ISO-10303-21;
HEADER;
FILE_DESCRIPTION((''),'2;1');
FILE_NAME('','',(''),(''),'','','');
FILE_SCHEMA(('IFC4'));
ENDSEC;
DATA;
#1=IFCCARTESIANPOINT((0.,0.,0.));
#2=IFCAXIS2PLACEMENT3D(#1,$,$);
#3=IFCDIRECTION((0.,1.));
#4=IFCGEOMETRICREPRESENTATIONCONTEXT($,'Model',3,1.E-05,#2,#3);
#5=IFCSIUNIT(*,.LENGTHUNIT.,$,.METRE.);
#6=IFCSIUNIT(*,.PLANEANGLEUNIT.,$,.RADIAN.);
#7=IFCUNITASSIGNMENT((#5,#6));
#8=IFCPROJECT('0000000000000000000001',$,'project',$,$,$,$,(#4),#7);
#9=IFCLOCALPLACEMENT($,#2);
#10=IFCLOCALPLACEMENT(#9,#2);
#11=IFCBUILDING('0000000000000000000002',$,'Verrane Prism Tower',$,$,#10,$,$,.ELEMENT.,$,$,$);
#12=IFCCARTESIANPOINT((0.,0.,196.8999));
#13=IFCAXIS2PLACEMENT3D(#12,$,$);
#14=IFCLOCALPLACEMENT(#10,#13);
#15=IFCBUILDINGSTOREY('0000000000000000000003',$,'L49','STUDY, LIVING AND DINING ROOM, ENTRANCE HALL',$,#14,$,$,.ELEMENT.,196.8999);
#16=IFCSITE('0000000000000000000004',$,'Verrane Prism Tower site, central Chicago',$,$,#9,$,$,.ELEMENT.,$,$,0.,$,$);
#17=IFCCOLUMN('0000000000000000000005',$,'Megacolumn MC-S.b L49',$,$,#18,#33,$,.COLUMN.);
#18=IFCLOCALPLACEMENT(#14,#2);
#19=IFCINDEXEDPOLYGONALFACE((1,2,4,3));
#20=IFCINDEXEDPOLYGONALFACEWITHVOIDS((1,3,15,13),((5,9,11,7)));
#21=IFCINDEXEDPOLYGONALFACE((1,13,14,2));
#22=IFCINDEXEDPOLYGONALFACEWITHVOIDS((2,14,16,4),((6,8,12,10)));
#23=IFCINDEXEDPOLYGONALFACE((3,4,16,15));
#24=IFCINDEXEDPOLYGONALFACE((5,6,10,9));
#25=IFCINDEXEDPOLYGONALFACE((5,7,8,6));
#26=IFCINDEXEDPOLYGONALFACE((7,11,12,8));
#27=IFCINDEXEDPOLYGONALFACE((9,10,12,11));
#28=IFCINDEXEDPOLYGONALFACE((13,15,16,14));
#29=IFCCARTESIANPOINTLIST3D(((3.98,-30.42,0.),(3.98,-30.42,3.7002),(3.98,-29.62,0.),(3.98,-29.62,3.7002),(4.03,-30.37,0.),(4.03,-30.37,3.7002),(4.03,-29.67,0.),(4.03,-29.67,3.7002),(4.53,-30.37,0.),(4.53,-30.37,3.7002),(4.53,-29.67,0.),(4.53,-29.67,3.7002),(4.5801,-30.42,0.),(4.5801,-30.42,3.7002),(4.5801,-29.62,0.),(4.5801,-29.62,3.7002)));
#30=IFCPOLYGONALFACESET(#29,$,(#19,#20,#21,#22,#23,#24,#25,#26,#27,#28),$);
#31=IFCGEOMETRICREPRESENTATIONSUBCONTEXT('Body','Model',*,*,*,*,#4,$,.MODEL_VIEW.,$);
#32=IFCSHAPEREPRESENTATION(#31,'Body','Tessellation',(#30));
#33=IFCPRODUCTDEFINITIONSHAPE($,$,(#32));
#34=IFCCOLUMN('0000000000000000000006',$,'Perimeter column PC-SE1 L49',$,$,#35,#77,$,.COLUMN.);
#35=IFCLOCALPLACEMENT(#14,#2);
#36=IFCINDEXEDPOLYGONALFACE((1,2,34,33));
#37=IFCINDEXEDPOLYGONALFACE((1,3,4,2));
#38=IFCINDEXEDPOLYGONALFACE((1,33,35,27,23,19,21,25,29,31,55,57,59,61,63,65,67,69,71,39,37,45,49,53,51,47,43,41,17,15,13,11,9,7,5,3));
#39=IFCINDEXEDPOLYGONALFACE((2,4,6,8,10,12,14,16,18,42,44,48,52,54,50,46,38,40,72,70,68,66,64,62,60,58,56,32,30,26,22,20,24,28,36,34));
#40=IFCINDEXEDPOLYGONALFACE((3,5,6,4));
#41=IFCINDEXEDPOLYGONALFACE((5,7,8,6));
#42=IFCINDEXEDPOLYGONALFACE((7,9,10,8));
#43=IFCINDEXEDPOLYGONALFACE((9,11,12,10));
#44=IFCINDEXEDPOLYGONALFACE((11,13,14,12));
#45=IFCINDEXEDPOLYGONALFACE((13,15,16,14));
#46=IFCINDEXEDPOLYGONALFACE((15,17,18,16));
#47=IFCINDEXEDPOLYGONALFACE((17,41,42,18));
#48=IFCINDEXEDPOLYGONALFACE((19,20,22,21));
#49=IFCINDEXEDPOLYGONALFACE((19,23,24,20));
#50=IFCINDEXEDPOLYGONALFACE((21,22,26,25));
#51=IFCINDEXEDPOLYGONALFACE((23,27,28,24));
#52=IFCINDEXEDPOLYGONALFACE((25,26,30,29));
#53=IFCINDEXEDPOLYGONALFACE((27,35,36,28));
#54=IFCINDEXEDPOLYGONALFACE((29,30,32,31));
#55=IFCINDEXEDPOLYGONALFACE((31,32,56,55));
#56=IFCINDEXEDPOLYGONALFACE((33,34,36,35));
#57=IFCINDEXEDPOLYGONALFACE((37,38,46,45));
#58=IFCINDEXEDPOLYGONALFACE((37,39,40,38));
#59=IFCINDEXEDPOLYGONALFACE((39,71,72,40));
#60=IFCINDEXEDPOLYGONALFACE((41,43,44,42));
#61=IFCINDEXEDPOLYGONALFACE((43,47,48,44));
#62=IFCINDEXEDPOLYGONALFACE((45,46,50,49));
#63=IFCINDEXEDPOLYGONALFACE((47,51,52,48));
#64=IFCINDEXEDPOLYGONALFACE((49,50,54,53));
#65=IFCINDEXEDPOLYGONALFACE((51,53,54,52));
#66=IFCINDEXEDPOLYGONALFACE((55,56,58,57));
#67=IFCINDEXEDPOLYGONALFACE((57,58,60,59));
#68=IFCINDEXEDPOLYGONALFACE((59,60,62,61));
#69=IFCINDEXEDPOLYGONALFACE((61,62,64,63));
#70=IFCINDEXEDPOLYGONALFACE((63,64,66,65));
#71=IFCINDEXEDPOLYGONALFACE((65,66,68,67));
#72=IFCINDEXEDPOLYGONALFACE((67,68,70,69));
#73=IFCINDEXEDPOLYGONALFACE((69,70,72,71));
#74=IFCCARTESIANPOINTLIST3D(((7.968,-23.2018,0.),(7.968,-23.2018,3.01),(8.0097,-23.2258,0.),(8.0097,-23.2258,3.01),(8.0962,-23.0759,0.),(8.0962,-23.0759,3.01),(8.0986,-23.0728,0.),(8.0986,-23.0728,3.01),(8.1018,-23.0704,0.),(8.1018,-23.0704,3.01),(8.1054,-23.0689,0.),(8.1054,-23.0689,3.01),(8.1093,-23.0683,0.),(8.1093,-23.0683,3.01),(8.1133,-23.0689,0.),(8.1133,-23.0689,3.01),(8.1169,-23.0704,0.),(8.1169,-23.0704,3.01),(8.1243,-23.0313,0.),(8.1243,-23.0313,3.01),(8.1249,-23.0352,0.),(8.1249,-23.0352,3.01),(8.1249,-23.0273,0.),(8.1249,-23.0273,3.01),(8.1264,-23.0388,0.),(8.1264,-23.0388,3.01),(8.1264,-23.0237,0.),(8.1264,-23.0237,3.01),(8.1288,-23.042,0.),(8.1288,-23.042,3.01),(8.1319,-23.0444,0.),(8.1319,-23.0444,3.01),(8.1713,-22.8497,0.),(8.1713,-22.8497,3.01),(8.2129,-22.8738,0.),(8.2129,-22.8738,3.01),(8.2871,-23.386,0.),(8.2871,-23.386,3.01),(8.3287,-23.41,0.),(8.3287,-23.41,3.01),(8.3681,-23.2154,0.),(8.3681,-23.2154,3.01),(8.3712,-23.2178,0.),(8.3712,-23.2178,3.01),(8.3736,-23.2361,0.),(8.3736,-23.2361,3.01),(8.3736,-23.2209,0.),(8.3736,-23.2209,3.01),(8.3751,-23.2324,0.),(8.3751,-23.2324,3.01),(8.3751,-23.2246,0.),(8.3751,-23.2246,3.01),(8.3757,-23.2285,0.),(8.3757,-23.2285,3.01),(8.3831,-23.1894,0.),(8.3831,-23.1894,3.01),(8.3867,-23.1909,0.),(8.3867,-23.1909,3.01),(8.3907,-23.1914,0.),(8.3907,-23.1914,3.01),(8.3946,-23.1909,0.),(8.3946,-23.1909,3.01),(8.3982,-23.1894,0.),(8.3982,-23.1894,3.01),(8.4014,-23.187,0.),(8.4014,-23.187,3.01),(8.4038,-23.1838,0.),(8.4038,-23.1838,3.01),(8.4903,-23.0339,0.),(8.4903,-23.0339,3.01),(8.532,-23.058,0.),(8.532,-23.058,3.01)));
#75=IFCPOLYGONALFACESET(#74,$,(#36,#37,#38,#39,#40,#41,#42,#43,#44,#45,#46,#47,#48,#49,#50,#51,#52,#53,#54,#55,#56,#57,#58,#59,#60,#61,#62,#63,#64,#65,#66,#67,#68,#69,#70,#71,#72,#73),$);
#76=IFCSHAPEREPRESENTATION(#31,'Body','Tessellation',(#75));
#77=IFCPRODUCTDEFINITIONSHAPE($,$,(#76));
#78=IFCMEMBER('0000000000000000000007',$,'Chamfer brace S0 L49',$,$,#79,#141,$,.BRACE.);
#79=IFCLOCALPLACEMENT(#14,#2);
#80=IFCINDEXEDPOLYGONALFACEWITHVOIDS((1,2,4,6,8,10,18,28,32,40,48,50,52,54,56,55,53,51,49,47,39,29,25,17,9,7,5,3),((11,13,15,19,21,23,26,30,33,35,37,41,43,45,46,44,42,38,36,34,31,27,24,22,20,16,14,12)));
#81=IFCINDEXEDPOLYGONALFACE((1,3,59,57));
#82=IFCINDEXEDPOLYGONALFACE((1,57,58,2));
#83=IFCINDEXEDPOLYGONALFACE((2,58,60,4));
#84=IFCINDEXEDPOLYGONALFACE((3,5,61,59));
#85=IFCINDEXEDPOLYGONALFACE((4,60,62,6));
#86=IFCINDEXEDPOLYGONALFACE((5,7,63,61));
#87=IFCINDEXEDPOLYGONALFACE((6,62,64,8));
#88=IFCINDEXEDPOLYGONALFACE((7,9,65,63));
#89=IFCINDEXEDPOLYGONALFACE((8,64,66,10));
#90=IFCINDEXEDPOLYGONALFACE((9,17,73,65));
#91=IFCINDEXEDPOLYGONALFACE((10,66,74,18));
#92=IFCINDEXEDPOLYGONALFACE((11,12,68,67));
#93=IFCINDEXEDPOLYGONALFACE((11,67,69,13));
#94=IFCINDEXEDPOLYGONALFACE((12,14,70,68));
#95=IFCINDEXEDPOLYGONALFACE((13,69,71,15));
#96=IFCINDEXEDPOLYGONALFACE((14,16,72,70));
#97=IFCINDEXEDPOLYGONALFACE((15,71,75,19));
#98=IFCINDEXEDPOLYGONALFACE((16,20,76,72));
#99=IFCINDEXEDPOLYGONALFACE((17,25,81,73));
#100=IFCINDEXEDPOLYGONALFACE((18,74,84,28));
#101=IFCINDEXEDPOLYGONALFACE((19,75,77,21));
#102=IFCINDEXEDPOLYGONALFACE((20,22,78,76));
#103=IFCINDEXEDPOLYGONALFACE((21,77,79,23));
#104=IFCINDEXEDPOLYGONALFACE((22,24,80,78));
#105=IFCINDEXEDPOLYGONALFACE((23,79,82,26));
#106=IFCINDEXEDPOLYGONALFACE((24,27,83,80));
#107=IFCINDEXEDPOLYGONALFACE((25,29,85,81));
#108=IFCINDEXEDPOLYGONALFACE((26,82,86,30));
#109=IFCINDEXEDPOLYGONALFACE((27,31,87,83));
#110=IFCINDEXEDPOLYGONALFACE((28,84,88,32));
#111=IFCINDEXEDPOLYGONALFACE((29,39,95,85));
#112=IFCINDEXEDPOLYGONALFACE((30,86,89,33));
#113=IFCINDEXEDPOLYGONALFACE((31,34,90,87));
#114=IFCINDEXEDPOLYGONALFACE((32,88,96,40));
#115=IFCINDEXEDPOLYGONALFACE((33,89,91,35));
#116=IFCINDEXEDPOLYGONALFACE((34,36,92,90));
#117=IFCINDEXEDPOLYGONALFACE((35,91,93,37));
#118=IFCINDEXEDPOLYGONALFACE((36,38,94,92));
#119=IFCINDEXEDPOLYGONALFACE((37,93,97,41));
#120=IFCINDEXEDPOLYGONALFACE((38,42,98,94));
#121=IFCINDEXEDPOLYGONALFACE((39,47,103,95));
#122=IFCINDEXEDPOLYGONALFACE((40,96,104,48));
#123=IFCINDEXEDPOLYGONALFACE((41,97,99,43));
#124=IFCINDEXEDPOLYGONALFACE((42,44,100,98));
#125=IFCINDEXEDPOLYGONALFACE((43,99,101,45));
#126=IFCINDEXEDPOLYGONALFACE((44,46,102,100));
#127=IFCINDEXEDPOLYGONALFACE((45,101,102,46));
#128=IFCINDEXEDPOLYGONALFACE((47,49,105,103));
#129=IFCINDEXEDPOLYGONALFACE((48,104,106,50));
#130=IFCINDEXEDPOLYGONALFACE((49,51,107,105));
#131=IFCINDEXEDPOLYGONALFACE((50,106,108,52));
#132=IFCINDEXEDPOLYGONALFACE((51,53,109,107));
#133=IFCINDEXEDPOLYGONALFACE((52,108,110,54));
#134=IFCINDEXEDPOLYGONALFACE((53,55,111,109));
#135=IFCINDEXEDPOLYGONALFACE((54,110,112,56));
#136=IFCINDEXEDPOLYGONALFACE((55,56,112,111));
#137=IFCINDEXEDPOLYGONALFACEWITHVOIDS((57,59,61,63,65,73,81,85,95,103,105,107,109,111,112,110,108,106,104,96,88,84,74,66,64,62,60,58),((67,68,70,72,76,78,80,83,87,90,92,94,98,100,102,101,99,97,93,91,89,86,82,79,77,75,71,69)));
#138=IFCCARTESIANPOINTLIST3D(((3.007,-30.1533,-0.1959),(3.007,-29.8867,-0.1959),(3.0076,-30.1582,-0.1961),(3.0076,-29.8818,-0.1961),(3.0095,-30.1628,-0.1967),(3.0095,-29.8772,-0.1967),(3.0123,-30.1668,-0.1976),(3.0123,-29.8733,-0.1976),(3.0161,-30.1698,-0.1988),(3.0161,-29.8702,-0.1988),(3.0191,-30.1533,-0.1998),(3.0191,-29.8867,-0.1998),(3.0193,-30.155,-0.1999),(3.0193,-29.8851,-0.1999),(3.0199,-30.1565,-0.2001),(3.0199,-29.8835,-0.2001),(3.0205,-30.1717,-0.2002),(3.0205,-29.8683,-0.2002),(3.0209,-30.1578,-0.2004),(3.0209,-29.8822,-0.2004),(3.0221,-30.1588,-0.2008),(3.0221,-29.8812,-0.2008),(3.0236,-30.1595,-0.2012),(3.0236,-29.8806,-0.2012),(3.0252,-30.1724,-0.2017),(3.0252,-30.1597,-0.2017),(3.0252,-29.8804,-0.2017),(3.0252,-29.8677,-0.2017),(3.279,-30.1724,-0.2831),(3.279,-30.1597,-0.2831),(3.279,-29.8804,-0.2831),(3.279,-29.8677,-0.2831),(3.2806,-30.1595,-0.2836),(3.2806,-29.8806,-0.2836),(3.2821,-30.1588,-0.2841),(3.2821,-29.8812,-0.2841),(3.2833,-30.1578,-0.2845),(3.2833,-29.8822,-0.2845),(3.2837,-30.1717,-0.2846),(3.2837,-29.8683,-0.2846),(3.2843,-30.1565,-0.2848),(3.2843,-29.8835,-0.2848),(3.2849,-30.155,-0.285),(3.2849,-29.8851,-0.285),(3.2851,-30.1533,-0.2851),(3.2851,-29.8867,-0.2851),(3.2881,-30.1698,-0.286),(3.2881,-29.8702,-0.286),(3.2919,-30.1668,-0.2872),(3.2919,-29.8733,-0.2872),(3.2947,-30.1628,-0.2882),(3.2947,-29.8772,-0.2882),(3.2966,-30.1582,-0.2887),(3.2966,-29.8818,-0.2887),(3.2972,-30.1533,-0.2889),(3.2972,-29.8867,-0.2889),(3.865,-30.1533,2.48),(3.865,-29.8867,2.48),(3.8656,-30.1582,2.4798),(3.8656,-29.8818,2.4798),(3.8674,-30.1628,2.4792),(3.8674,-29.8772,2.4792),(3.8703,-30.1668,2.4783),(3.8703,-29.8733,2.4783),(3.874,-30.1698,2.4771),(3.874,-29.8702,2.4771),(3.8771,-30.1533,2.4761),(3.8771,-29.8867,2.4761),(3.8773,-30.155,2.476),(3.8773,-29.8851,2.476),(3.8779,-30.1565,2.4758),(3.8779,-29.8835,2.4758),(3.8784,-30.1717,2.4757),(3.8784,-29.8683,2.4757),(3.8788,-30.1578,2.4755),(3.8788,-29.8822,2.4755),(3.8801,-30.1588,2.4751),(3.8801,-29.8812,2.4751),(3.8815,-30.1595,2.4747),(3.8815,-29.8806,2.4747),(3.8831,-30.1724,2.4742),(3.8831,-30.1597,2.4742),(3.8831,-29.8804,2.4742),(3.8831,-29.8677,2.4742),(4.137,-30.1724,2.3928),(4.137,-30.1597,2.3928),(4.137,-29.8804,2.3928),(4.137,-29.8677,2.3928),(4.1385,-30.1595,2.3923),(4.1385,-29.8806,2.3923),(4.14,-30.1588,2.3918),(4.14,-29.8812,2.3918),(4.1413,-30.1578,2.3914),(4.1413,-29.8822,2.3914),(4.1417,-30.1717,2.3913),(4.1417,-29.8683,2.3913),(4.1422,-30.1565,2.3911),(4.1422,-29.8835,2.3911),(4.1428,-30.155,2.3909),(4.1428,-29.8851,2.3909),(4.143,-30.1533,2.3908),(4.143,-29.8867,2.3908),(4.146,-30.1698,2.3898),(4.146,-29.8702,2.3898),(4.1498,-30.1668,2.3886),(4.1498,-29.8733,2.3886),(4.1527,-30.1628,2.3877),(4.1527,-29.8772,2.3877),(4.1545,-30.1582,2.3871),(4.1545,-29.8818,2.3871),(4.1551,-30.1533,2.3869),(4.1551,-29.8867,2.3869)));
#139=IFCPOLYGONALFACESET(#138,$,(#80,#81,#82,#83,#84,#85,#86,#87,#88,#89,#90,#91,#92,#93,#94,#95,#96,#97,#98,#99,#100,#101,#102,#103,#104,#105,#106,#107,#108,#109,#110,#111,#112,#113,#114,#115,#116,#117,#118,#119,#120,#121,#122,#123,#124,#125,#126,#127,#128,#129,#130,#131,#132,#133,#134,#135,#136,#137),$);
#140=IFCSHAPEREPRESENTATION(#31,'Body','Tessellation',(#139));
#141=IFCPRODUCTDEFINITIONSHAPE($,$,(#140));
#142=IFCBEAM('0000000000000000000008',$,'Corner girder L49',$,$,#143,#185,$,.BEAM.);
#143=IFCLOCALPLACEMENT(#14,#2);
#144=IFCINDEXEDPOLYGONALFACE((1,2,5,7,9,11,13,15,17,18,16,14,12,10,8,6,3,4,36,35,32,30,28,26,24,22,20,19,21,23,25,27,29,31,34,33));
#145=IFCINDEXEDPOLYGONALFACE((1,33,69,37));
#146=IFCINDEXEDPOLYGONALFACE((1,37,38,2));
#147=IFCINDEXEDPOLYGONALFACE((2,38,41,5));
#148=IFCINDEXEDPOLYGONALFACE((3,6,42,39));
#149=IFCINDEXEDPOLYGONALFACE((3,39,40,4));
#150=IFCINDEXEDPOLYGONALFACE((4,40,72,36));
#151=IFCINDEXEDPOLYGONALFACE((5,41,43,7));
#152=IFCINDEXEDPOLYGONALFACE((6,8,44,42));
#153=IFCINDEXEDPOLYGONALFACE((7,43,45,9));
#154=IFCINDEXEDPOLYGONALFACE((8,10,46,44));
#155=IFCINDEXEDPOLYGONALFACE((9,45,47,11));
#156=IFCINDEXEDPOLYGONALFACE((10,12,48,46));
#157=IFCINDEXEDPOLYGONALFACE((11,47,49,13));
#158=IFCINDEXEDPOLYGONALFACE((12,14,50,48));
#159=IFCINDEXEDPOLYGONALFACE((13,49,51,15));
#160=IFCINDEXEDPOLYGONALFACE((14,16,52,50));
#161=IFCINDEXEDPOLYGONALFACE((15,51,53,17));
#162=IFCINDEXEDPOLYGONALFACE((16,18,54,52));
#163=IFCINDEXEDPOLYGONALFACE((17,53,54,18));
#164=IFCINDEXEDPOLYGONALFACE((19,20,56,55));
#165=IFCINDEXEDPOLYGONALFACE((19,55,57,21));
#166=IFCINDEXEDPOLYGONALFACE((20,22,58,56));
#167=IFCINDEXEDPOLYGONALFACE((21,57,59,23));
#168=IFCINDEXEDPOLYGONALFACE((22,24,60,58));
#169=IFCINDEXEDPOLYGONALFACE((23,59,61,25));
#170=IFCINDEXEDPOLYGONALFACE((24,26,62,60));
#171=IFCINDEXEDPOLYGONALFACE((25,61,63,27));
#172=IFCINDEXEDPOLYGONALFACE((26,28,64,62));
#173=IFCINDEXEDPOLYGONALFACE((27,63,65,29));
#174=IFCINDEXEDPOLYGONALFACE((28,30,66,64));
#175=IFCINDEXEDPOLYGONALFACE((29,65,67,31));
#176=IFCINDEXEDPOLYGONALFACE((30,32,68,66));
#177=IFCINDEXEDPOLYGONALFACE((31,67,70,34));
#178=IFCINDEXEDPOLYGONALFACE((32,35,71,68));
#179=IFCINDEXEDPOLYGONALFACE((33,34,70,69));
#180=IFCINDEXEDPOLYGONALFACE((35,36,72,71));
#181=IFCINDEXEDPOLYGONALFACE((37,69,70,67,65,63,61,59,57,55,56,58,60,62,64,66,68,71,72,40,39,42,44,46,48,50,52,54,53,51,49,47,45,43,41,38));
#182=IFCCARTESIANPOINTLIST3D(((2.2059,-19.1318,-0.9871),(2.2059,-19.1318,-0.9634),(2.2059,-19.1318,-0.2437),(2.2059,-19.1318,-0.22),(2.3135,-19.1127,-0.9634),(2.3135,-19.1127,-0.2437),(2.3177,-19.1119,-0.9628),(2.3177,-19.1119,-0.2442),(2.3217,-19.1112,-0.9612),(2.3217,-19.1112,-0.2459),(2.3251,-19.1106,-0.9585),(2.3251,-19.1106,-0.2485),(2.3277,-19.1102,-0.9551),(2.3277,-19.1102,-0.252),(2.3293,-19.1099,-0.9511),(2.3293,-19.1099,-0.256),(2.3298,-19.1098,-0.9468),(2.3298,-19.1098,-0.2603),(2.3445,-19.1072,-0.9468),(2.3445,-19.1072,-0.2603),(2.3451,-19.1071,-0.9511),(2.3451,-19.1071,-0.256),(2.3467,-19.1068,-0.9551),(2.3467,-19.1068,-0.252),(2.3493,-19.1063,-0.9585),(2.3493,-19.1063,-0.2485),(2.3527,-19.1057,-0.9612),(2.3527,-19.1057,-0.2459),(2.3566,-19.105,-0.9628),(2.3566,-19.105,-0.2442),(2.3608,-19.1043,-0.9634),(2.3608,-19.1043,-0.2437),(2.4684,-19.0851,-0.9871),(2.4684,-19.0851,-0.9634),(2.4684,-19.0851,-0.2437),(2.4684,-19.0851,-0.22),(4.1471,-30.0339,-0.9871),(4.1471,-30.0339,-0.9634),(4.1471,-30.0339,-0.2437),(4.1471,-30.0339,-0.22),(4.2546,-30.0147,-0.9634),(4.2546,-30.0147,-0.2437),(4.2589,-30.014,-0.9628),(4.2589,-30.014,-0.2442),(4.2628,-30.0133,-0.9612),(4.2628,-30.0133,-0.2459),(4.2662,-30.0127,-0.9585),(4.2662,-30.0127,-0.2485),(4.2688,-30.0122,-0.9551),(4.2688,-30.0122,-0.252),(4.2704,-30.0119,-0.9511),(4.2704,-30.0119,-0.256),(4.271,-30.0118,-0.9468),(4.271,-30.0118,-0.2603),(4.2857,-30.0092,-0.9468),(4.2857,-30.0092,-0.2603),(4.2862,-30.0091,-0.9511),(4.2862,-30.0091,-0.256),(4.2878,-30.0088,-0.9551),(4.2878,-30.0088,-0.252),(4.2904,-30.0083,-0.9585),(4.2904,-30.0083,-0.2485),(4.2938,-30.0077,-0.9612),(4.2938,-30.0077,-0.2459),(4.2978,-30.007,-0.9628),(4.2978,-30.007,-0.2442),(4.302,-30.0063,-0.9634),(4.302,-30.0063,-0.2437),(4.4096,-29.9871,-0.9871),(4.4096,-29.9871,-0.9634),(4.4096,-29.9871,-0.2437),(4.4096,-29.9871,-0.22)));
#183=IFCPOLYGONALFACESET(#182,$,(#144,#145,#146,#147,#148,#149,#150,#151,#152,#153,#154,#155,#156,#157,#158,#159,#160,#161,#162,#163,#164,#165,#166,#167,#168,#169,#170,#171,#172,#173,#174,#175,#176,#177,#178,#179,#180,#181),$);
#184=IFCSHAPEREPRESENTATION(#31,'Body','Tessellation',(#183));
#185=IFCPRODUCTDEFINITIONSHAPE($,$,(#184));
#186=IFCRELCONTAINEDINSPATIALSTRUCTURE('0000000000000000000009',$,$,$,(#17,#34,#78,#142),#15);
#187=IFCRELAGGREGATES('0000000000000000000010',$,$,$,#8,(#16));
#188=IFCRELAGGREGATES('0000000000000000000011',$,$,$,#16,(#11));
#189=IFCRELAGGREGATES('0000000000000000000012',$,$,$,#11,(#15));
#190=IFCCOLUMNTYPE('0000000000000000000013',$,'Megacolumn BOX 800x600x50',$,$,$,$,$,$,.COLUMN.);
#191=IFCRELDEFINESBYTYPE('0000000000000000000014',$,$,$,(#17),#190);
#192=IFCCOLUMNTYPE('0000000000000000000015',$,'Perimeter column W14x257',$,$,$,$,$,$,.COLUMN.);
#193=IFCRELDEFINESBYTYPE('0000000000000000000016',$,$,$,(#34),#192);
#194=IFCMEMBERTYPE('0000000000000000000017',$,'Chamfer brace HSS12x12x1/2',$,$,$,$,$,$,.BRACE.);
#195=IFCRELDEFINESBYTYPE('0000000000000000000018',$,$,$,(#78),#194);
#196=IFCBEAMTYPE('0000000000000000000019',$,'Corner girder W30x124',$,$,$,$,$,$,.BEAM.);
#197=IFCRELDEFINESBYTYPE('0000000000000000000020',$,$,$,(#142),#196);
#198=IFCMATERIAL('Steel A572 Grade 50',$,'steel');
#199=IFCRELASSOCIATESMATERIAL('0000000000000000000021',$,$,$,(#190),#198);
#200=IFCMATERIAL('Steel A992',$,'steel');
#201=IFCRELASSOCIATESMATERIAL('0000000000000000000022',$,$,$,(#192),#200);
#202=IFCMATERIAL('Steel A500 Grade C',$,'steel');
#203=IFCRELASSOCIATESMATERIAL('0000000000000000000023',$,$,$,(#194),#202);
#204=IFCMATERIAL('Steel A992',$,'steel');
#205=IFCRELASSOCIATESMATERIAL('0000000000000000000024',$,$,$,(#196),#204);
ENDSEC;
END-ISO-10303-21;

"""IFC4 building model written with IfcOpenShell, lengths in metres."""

from ifc_helpers import new_model, si_unit, direction, frame, origin, origin_2d, place, context, subcontext, project, spatial, hollow_rectangle, i_section, extrude, material, material_profile, profile_set, type_object, element, save


model = new_model("IFC4")

# Units and contexts
model_context = context("Model", 3, precision=1e-05, world=origin(), true_north=direction((0.0, 1.0)))
body_context = subcontext(model_context, "Body", "Model", "MODEL_VIEW")
ifc_project = project(units=[si_unit("LENGTHUNIT", "METRE"), si_unit("PLANEANGLEUNIT", "RADIAN")], contexts=[model_context])

# Site, building, storey
site_placement = place(None, origin())
site = spatial("IfcSite", under=ifc_project, at=site_placement, Name="Verrane Prism Tower site, central Chicago", CompositionType="ELEMENT", RefElevation=0.0)
building_placement = place(site_placement, origin())
building = spatial("IfcBuilding", under=site, at=building_placement, Name="Verrane Prism Tower", CompositionType="ELEMENT")
storey_placement = place(building_placement, frame((0.0, 0.0, 196.8999)))
storey = spatial("IfcBuildingStorey", under=building, at=storey_placement, Name="L49", Description="STUDY, LIVING AND DINING ROOM, ENTRANCE HALL", CompositionType="ELEMENT", Elevation=196.8999)

# Columns
ifc_material_1 = material(Name="Steel A572 Grade 50", Category="steel")
ifc_material_profile_1 = material_profile(ifc_material_1, hollow_rectangle(XDim=0.6001, YDim=0.8, WallThickness=0.05, at=origin_2d()), Name="BOX 800x600x50")
ifc_profile_set_1 = profile_set([ifc_material_profile_1], Name="Steel A572 Grade 50")
column_type_1 = type_object("IfcColumnType", Name="Megacolumn BOX 800x600x50", PredefinedType="COLUMN", material=ifc_profile_set_1)
column_1_placement = place(storey_placement, frame((4.28, -30.02, 0.0), z_axis=(0.0, 0.0, 1.0), x_axis=(-1.0, 0.0, 0.0)))
element("IfcColumn", 1, at=column_1_placement, inside=storey, type_object=column_type_1, Name="Megacolumn MC-S.b L49", PredefinedType="COLUMN", context=body_context, shape_type="SweptSolid", body=[
    extrude(hollow_rectangle(XDim=0.6001, YDim=0.8, WallThickness=0.05, at=origin_2d()), origin(), (0.0, 0.0, 1.0), 3.7002),
])
ifc_material_2 = material(Name="Steel A992", Category="steel")
ifc_material_profile_2 = material_profile(ifc_material_2, i_section(OverallWidth=0.4065, OverallDepth=0.4165, WebThickness=0.03, FlangeThickness=0.0481, FilletRadius=0.0151, at=origin_2d()), Name="W14x257")
ifc_profile_set_2 = profile_set([ifc_material_profile_2], Name="Steel A992")
column_type_2 = type_object("IfcColumnType", Name="Perimeter column W14x257", PredefinedType="COLUMN", material=ifc_profile_set_2)
column_2_placement = place(storey_placement, frame((8.25, -23.1299, 0.0), z_axis=(0.0, 0.0, 1.0), x_axis=(-0.5, -0.866025, 0.0)))
element("IfcColumn", 2, at=column_2_placement, inside=storey, type_object=column_type_2, Name="Perimeter column PC-SE1 L49", PredefinedType="COLUMN", context=body_context, shape_type="SweptSolid", body=[
    extrude(i_section(OverallWidth=0.4065, OverallDepth=0.4165, WebThickness=0.03, FlangeThickness=0.0481, FilletRadius=0.0151, at=origin_2d()), origin(), (0.0, 0.0, 1.0), 3.01),
])

# Member
ifc_material_3 = material(Name="Steel A500 Grade C", Category="steel")
ifc_material_profile_3 = material_profile(ifc_material_3, hollow_rectangle(XDim=0.3047, YDim=0.3047, WallThickness=0.0127, InnerFilletRadius=0.0063, OuterFilletRadius=0.019, at=origin_2d()), Name="HSS12x12x1/2")
ifc_profile_set_3 = profile_set([ifc_material_profile_3], Name="Steel A500 Grade C")
member_type_1 = type_object("IfcMemberType", Name="Chamfer brace HSS12x12x1/2", PredefinedType="BRACE", material=ifc_profile_set_3)
member_1_placement = place(storey_placement, frame((3.1521, -30.02, -0.2424), z_axis=(0.305312, 0.0, 0.952252), x_axis=(0.0, 1.0, 0.0)))
element("IfcMember", 3, at=member_1_placement, inside=storey, type_object=member_type_1, Name="Chamfer brace S0 L49", PredefinedType="BRACE", context=body_context, shape_type="SweptSolid", body=[
    extrude(hollow_rectangle(XDim=0.3047, YDim=0.3047, WallThickness=0.0127, InnerFilletRadius=0.0063, OuterFilletRadius=0.019, at=origin_2d()), origin(), (0.0, 0.0, 1.0), 2.8101),
])

# Beam
ifc_material_4 = material(Name="Steel A992", Category="steel")
ifc_material_profile_4 = material_profile(ifc_material_4, i_section(OverallWidth=0.2666, OverallDepth=0.7671, WebThickness=0.0149, FlangeThickness=0.0237, FilletRadius=0.0166, at=origin_2d()), Name="W30x124")
ifc_profile_set_4 = profile_set([ifc_material_profile_4], Name="Steel A992")
beam_type_1 = type_object("IfcBeamType", Name="Corner girder W30x124", PredefinedType="BEAM", material=ifc_profile_set_4)
beam_1_placement = place(storey_placement, frame((4.2783, -30.0105, -0.6035), z_axis=(-0.175297, 0.984516, 0.0), x_axis=(-0.984516, -0.175297, 0.0)))
element("IfcBeam", 4, at=beam_1_placement, inside=storey, type_object=beam_type_1, Name="Corner girder L49", PredefinedType="BEAM", context=body_context, shape_type="SweptSolid", body=[
    extrude(i_section(OverallWidth=0.2666, OverallDepth=0.7671, WebThickness=0.0149, FlangeThickness=0.0237, FilletRadius=0.0166, at=origin_2d()), origin(), (0.0, 0.0, 1.0), 11.0735),
])

save(model, "model.ifc")
